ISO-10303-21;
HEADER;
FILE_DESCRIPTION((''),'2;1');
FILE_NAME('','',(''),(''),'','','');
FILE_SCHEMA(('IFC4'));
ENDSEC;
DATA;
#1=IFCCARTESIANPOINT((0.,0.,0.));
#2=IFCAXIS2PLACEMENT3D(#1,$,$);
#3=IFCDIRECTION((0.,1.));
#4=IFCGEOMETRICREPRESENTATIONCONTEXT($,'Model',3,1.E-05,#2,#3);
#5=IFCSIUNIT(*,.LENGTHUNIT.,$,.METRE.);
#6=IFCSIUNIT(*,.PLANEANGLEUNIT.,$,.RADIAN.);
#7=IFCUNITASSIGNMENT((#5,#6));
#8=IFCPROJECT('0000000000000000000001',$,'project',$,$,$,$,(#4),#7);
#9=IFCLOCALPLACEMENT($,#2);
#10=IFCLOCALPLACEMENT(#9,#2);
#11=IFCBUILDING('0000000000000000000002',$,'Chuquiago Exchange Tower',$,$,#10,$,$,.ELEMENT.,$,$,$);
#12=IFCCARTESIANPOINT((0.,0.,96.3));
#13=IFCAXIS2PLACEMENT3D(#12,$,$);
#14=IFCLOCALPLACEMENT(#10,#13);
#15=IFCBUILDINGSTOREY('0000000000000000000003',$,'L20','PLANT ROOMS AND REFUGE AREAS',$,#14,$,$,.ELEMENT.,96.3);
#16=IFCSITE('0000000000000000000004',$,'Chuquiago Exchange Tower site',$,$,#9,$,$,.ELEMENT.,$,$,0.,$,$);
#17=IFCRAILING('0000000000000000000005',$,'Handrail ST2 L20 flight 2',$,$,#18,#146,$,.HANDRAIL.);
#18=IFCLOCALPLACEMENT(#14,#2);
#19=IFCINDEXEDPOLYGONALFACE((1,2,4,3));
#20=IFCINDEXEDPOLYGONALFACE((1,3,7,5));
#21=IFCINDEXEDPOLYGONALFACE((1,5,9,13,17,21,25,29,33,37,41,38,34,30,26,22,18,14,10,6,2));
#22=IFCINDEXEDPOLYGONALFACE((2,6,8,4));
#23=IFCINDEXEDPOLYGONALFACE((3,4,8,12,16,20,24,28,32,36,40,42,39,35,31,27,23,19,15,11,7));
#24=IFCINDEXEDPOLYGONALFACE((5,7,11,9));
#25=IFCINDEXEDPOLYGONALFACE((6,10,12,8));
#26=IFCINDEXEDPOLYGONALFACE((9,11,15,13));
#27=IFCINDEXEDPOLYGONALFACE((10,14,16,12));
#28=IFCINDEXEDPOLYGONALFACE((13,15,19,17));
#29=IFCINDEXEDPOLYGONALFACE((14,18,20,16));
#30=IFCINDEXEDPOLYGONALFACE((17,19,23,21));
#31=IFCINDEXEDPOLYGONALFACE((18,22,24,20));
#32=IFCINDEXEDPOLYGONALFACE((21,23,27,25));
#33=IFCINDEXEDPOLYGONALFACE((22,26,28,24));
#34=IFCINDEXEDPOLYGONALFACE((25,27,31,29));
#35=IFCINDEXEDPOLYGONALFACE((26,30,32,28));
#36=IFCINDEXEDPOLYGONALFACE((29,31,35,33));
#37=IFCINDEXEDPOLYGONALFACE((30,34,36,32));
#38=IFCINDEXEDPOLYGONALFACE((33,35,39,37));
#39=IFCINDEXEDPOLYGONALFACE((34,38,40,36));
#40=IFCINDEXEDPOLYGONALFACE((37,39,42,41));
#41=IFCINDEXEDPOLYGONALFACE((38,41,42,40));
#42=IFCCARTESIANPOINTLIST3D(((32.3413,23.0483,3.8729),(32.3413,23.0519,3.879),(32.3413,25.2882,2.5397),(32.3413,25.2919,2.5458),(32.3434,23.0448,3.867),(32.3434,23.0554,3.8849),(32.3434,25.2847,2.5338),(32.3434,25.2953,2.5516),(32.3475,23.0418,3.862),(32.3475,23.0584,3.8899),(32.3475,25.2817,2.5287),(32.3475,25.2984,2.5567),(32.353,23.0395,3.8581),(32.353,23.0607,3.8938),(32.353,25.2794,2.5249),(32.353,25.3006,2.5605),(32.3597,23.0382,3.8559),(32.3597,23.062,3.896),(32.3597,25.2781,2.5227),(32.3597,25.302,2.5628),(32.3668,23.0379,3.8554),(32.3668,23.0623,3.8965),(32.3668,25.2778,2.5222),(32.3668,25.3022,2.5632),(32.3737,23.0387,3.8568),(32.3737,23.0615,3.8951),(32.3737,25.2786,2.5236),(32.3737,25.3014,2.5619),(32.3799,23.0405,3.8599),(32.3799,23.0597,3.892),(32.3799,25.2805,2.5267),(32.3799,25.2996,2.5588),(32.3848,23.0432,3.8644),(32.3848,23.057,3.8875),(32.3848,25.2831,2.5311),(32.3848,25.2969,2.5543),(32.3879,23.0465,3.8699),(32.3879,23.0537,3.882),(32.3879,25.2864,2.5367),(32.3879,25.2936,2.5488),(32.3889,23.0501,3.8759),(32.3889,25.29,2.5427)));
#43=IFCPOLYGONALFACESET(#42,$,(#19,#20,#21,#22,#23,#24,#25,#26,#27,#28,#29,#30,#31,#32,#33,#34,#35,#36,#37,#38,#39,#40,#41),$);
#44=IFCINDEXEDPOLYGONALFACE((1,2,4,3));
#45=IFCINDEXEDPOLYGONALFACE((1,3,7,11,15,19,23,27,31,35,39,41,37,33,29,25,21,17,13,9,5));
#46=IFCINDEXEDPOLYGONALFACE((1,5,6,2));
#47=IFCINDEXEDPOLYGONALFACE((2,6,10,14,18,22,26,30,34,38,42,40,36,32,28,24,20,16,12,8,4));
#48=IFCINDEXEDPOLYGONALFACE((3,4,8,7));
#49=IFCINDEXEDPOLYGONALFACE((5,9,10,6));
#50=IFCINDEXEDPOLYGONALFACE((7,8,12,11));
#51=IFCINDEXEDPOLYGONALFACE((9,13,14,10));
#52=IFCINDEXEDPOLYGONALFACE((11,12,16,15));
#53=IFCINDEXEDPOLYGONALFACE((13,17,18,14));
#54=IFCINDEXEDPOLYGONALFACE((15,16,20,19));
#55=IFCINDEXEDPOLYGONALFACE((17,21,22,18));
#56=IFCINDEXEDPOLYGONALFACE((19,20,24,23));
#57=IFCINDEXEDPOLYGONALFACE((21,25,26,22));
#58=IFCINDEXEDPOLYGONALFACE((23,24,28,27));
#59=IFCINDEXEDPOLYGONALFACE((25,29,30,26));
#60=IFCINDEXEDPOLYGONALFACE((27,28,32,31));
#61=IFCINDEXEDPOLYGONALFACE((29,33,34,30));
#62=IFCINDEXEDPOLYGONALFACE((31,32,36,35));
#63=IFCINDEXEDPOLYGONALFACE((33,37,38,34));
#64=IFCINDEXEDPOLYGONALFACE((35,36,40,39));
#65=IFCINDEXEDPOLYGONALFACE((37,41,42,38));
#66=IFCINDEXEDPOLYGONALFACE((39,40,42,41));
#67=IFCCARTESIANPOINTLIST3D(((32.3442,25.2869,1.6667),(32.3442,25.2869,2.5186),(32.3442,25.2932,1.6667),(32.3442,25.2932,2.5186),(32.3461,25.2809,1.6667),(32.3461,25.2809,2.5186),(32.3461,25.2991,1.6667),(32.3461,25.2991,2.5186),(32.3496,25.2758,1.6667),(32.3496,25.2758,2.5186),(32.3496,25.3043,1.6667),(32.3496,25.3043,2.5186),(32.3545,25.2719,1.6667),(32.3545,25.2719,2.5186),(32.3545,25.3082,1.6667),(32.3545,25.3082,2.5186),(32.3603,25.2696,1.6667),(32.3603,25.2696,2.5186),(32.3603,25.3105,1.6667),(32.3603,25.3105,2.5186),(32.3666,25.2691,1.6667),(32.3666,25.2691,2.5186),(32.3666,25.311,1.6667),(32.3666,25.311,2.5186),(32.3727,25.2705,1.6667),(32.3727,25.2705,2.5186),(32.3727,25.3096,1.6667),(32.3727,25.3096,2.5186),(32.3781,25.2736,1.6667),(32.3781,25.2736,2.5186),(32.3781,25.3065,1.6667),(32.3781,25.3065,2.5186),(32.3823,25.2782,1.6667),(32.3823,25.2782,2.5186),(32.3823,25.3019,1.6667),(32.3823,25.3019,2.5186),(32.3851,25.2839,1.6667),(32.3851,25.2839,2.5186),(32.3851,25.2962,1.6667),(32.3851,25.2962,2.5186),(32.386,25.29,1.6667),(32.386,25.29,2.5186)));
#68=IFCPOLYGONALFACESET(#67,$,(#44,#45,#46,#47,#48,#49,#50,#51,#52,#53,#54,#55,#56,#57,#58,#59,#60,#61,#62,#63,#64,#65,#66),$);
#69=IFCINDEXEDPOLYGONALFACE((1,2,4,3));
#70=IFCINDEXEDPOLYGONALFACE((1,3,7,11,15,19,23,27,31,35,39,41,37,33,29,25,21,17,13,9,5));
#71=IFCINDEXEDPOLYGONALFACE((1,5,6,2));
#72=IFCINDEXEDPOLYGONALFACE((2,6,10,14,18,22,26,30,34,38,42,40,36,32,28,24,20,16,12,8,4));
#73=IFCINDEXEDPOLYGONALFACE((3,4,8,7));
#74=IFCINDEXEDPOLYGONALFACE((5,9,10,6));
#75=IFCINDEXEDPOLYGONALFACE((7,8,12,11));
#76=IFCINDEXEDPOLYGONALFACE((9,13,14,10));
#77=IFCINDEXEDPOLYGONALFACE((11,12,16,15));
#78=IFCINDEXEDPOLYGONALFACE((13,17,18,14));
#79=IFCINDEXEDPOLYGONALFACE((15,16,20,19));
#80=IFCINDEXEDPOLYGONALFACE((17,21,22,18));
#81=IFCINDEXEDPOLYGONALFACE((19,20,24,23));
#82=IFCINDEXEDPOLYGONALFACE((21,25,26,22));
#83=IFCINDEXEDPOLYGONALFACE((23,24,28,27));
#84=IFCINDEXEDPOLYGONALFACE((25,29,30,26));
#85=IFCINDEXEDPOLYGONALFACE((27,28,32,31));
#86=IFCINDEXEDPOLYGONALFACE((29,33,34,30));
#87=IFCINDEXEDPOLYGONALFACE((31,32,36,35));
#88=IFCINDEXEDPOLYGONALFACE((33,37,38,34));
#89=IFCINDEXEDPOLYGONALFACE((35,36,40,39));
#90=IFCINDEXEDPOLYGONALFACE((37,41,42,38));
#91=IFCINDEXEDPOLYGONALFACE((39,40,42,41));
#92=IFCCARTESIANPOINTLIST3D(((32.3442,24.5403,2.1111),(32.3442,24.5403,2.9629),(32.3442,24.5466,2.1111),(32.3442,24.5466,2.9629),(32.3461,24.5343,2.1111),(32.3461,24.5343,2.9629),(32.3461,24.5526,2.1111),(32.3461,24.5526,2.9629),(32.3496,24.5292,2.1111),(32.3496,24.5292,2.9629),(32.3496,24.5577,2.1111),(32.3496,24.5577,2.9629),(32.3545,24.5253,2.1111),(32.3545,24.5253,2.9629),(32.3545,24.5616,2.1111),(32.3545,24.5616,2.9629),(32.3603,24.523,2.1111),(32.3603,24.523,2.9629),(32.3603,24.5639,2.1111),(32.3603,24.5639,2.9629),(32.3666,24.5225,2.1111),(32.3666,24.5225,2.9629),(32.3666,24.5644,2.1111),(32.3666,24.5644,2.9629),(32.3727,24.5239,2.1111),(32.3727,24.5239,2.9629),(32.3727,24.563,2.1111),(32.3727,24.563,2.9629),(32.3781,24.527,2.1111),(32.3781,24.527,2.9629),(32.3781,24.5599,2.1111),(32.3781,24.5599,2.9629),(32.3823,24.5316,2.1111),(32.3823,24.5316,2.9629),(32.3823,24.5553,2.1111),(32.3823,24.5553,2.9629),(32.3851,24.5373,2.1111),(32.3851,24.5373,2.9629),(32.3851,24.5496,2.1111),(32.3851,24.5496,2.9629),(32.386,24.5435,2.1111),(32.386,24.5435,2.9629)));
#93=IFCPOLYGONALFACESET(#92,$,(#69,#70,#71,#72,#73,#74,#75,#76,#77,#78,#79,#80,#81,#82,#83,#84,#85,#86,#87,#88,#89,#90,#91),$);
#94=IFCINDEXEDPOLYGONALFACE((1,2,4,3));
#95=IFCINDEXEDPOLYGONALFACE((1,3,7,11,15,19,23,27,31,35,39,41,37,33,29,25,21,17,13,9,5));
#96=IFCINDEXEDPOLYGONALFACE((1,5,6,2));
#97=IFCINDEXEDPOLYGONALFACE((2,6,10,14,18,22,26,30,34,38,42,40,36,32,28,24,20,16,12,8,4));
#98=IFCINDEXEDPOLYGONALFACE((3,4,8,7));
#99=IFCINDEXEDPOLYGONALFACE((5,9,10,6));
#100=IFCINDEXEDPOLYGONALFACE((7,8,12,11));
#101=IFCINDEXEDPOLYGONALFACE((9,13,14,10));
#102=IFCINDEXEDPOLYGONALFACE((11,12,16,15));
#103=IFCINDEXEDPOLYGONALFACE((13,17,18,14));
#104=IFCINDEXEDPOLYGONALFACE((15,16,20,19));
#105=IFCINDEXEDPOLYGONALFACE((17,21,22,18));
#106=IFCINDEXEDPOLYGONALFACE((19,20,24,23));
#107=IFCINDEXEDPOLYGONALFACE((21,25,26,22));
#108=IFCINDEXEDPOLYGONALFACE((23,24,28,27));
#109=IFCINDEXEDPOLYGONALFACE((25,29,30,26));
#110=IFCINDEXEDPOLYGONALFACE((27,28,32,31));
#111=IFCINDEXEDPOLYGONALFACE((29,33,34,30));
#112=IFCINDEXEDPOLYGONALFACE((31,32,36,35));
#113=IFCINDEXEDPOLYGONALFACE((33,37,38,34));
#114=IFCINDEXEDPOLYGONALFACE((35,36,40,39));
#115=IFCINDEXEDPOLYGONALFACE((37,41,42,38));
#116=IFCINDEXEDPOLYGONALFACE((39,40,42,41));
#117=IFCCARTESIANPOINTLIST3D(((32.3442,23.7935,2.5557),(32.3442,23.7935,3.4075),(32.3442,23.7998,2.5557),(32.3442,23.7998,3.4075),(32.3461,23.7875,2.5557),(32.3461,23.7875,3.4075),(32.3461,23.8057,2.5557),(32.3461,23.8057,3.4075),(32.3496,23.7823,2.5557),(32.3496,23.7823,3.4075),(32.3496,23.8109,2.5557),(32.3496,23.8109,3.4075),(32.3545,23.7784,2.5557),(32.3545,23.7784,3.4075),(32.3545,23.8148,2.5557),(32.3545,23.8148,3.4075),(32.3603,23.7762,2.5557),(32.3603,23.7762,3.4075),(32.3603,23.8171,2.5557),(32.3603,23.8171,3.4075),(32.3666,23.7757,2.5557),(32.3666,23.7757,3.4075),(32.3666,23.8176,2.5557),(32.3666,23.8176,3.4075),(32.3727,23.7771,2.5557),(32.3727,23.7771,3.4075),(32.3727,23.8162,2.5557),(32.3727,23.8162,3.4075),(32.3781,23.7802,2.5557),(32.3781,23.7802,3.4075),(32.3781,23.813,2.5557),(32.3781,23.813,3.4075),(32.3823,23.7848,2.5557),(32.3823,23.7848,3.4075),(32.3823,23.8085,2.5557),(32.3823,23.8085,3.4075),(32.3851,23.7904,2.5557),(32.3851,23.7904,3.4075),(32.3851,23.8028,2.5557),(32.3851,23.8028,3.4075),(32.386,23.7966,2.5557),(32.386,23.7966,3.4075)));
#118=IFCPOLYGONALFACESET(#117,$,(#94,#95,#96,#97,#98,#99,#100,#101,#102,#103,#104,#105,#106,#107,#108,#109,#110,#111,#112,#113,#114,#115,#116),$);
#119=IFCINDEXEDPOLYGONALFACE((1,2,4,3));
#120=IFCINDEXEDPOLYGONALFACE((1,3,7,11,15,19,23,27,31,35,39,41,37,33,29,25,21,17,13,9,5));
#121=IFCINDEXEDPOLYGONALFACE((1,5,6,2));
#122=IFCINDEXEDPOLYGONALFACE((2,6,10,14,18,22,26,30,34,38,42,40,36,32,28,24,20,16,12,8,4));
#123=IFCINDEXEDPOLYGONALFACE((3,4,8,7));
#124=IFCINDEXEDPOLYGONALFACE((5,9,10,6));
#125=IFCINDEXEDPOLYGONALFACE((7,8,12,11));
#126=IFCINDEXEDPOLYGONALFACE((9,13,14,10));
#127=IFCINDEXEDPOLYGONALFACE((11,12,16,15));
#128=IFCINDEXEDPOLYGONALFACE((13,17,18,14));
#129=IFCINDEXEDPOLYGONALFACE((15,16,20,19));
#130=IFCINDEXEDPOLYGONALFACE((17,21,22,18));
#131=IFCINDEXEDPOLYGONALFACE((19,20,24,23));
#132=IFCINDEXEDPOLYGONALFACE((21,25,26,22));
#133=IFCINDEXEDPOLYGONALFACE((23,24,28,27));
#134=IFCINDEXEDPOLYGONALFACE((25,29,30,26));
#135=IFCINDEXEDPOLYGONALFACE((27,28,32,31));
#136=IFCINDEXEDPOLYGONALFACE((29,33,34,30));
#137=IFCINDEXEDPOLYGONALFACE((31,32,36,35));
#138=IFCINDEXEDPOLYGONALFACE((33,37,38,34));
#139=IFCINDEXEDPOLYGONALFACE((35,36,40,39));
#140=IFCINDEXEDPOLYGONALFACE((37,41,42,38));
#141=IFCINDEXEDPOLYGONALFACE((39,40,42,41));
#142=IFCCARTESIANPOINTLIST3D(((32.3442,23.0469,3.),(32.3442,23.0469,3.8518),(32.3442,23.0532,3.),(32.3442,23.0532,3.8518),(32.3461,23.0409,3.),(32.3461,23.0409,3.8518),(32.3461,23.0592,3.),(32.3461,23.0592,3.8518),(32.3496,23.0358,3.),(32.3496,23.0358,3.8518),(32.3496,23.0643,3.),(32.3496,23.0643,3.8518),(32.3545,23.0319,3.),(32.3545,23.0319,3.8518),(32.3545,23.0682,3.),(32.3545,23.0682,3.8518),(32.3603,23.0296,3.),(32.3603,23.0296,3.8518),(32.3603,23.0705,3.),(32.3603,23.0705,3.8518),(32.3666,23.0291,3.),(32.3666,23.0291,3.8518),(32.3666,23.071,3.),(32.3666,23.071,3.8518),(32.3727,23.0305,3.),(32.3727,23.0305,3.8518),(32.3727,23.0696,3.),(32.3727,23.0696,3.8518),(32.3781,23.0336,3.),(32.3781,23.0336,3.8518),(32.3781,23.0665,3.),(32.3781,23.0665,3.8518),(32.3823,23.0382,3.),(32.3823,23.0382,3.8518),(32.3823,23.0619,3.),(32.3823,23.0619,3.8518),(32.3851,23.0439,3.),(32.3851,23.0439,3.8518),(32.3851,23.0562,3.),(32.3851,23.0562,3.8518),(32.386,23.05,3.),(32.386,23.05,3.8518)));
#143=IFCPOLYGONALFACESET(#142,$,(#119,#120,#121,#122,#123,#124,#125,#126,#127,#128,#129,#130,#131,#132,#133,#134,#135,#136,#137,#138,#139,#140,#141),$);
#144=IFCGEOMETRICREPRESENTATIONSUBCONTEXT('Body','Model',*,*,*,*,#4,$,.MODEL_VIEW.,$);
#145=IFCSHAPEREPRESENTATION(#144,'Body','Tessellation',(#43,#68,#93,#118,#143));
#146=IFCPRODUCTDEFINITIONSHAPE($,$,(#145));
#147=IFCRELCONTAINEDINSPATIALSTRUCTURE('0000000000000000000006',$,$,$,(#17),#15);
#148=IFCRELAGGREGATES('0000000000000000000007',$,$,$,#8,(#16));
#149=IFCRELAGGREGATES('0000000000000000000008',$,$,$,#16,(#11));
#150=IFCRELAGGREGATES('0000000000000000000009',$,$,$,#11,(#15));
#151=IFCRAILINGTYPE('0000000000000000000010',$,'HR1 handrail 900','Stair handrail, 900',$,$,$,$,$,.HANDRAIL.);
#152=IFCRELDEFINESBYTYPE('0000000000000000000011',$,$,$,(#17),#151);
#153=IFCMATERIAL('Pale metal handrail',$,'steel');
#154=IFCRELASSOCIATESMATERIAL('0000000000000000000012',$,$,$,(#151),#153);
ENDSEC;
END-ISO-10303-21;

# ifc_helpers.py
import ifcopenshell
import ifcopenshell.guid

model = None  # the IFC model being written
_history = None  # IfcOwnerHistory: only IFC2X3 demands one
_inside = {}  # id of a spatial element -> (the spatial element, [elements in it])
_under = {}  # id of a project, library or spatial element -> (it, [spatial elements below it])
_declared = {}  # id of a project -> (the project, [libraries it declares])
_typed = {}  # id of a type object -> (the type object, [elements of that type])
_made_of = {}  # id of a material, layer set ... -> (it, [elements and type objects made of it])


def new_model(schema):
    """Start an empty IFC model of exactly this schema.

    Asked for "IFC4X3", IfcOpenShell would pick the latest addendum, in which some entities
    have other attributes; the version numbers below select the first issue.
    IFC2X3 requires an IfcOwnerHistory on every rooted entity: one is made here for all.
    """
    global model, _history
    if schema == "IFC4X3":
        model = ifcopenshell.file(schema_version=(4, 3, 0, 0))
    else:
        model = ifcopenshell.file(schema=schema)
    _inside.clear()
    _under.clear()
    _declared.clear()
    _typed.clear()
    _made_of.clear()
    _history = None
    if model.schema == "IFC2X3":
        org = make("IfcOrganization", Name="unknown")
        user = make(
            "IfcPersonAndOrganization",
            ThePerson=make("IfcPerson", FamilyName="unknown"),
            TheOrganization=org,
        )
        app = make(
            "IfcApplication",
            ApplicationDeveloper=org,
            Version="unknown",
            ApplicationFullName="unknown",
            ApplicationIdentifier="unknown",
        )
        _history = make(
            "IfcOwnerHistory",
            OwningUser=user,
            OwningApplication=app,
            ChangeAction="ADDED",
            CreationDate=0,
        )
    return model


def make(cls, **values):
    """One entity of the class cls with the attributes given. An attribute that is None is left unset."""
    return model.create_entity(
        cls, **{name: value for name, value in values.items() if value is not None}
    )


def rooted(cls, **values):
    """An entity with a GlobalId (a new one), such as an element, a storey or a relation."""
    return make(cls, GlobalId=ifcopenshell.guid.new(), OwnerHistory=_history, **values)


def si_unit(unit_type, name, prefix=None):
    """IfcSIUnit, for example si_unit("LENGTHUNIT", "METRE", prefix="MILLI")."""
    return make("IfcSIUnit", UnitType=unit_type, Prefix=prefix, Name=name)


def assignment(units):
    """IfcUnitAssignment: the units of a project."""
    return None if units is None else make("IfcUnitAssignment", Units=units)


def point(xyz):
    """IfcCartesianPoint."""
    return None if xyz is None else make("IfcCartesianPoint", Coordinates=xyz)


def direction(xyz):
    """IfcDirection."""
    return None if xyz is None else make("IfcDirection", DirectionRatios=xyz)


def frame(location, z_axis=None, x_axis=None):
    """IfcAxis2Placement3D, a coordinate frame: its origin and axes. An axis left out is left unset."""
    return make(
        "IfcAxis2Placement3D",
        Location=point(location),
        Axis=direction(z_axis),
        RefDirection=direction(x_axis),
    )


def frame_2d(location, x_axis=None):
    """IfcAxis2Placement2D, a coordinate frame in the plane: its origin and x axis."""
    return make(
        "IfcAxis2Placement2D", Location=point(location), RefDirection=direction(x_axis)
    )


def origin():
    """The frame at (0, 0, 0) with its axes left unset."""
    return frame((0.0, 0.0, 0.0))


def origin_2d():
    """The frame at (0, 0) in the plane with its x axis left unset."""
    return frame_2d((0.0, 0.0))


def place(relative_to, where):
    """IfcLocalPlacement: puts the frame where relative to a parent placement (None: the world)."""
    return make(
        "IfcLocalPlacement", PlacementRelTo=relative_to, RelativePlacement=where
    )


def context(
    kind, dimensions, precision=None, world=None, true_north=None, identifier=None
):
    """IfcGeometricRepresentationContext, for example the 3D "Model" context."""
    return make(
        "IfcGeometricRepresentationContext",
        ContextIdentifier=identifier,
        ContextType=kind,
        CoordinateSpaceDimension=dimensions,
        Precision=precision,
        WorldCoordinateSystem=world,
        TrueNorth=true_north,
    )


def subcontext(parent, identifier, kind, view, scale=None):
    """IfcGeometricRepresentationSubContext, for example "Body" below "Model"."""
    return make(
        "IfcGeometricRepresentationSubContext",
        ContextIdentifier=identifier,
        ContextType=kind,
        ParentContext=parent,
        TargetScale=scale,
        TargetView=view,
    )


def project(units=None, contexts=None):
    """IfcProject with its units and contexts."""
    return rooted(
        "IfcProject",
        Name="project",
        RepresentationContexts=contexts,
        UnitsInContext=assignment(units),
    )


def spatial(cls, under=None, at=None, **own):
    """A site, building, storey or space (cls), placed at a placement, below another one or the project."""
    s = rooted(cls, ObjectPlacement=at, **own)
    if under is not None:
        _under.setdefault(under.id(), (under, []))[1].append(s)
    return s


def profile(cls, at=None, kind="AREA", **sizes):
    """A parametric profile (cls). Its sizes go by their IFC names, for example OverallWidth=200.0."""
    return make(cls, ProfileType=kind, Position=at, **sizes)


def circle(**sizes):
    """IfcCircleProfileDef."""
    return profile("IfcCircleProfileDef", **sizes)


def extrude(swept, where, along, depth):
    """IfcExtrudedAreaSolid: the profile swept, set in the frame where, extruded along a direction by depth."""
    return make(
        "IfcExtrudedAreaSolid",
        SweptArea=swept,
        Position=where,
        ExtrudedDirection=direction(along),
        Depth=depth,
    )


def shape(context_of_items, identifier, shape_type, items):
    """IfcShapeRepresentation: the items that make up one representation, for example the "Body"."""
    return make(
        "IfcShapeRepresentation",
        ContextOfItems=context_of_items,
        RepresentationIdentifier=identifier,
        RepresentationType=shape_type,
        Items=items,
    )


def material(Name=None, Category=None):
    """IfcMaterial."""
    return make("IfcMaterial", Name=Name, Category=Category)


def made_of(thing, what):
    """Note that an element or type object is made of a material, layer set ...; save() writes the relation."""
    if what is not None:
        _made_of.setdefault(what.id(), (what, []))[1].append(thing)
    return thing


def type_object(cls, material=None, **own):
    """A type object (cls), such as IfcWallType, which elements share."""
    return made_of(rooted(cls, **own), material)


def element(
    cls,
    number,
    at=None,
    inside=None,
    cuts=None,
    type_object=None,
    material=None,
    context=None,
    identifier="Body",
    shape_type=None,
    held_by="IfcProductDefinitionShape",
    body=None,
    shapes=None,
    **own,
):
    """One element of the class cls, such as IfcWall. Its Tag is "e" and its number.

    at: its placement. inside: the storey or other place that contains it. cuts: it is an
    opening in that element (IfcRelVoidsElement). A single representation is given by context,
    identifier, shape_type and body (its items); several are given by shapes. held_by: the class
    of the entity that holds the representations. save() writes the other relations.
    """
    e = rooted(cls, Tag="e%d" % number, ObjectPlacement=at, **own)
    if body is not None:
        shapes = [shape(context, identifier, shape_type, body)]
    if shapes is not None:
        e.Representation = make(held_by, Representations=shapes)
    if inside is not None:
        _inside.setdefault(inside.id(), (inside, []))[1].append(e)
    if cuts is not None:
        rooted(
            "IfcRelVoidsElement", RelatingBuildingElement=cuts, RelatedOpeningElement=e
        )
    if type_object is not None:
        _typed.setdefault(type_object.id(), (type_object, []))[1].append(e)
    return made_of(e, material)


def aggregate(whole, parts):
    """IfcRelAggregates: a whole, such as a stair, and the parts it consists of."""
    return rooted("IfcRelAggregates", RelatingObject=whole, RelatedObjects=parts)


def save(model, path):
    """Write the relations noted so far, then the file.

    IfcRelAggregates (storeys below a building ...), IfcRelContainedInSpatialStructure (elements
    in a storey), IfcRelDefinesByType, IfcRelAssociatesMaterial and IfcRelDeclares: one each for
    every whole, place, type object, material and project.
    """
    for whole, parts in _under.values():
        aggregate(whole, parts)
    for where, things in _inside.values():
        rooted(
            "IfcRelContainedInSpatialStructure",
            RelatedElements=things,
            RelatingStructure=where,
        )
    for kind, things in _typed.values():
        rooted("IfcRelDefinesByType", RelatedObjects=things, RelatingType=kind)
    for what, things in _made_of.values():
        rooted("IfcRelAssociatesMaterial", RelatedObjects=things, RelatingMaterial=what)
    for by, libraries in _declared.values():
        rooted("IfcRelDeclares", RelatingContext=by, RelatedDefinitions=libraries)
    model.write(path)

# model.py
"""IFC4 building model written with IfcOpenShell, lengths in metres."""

from ifc_helpers import new_model, si_unit, direction, frame, origin, origin_2d, place, context, subcontext, project, spatial, circle, extrude, material, type_object, element, save


model = new_model("IFC4")

# Units and contexts
model_context = context("Model", 3, precision=1e-05, world=origin(), true_north=direction((0.0, 1.0)))
body_context = subcontext(model_context, "Body", "Model", "MODEL_VIEW")
ifc_project = project(units=[si_unit("LENGTHUNIT", "METRE"), si_unit("PLANEANGLEUNIT", "RADIAN")], contexts=[model_context])

# Site, building, storey
site_placement = place(None, origin())
site = spatial("IfcSite", under=ifc_project, at=site_placement, Name="Chuquiago Exchange Tower site", CompositionType="ELEMENT", RefElevation=0.0)
building_placement = place(site_placement, origin())
building = spatial("IfcBuilding", under=site, at=building_placement, Name="Chuquiago Exchange Tower", CompositionType="ELEMENT")
storey_placement = place(building_placement, frame((0.0, 0.0, 96.3)))
storey = spatial("IfcBuildingStorey", under=building, at=storey_placement, Name="L20", Description="PLANT ROOMS AND REFUGE AREAS", CompositionType="ELEMENT", Elevation=96.3)

# Railing
ifc_material_1 = material(Name="Pale metal handrail", Category="steel")
railing_type_1 = type_object("IfcRailingType", Name="HR1 handrail 900", Description="Stair handrail, 900", PredefinedType="HANDRAIL", material=ifc_material_1)
for number, where, name in (
    (1, (32.365, 25.29, 1.6667), "Handrail ST2 L20 flight 2"),
):
    element("IfcRailing", number, at=place(storey_placement, frame(where)), inside=storey, type_object=railing_type_1, Name=name, PredefinedType="HANDRAIL", context=body_context, shape_type="SweptSolid", body=[
        extrude(circle(Radius=0.0239, at=origin_2d()), frame((0.0, 0.0, 0.876), z_axis=(0.0, -0.859306, 0.511462), x_axis=(1.0, 0.0, 0.0)), (0.0, 0.0, 1.0), 2.6067),
        extrude(circle(Radius=0.021, at=origin_2d()), origin(), (0.0, 0.0, 1.0), 0.8518),
        extrude(circle(Radius=0.021, at=origin_2d()), frame((0.0, -0.7466, 0.4443)), (0.0, 0.0, 1.0), 0.8518),
        extrude(circle(Radius=0.021, at=origin_2d()), frame((0.0, -1.4934, 0.8889)), (0.0, 0.0, 1.0), 0.8518),
        extrude(circle(Radius=0.021, at=origin_2d()), frame((0.0, -2.24, 1.3333)), (0.0, 0.0, 1.0), 0.8518),
    ])

save(model, "model.ifc")
